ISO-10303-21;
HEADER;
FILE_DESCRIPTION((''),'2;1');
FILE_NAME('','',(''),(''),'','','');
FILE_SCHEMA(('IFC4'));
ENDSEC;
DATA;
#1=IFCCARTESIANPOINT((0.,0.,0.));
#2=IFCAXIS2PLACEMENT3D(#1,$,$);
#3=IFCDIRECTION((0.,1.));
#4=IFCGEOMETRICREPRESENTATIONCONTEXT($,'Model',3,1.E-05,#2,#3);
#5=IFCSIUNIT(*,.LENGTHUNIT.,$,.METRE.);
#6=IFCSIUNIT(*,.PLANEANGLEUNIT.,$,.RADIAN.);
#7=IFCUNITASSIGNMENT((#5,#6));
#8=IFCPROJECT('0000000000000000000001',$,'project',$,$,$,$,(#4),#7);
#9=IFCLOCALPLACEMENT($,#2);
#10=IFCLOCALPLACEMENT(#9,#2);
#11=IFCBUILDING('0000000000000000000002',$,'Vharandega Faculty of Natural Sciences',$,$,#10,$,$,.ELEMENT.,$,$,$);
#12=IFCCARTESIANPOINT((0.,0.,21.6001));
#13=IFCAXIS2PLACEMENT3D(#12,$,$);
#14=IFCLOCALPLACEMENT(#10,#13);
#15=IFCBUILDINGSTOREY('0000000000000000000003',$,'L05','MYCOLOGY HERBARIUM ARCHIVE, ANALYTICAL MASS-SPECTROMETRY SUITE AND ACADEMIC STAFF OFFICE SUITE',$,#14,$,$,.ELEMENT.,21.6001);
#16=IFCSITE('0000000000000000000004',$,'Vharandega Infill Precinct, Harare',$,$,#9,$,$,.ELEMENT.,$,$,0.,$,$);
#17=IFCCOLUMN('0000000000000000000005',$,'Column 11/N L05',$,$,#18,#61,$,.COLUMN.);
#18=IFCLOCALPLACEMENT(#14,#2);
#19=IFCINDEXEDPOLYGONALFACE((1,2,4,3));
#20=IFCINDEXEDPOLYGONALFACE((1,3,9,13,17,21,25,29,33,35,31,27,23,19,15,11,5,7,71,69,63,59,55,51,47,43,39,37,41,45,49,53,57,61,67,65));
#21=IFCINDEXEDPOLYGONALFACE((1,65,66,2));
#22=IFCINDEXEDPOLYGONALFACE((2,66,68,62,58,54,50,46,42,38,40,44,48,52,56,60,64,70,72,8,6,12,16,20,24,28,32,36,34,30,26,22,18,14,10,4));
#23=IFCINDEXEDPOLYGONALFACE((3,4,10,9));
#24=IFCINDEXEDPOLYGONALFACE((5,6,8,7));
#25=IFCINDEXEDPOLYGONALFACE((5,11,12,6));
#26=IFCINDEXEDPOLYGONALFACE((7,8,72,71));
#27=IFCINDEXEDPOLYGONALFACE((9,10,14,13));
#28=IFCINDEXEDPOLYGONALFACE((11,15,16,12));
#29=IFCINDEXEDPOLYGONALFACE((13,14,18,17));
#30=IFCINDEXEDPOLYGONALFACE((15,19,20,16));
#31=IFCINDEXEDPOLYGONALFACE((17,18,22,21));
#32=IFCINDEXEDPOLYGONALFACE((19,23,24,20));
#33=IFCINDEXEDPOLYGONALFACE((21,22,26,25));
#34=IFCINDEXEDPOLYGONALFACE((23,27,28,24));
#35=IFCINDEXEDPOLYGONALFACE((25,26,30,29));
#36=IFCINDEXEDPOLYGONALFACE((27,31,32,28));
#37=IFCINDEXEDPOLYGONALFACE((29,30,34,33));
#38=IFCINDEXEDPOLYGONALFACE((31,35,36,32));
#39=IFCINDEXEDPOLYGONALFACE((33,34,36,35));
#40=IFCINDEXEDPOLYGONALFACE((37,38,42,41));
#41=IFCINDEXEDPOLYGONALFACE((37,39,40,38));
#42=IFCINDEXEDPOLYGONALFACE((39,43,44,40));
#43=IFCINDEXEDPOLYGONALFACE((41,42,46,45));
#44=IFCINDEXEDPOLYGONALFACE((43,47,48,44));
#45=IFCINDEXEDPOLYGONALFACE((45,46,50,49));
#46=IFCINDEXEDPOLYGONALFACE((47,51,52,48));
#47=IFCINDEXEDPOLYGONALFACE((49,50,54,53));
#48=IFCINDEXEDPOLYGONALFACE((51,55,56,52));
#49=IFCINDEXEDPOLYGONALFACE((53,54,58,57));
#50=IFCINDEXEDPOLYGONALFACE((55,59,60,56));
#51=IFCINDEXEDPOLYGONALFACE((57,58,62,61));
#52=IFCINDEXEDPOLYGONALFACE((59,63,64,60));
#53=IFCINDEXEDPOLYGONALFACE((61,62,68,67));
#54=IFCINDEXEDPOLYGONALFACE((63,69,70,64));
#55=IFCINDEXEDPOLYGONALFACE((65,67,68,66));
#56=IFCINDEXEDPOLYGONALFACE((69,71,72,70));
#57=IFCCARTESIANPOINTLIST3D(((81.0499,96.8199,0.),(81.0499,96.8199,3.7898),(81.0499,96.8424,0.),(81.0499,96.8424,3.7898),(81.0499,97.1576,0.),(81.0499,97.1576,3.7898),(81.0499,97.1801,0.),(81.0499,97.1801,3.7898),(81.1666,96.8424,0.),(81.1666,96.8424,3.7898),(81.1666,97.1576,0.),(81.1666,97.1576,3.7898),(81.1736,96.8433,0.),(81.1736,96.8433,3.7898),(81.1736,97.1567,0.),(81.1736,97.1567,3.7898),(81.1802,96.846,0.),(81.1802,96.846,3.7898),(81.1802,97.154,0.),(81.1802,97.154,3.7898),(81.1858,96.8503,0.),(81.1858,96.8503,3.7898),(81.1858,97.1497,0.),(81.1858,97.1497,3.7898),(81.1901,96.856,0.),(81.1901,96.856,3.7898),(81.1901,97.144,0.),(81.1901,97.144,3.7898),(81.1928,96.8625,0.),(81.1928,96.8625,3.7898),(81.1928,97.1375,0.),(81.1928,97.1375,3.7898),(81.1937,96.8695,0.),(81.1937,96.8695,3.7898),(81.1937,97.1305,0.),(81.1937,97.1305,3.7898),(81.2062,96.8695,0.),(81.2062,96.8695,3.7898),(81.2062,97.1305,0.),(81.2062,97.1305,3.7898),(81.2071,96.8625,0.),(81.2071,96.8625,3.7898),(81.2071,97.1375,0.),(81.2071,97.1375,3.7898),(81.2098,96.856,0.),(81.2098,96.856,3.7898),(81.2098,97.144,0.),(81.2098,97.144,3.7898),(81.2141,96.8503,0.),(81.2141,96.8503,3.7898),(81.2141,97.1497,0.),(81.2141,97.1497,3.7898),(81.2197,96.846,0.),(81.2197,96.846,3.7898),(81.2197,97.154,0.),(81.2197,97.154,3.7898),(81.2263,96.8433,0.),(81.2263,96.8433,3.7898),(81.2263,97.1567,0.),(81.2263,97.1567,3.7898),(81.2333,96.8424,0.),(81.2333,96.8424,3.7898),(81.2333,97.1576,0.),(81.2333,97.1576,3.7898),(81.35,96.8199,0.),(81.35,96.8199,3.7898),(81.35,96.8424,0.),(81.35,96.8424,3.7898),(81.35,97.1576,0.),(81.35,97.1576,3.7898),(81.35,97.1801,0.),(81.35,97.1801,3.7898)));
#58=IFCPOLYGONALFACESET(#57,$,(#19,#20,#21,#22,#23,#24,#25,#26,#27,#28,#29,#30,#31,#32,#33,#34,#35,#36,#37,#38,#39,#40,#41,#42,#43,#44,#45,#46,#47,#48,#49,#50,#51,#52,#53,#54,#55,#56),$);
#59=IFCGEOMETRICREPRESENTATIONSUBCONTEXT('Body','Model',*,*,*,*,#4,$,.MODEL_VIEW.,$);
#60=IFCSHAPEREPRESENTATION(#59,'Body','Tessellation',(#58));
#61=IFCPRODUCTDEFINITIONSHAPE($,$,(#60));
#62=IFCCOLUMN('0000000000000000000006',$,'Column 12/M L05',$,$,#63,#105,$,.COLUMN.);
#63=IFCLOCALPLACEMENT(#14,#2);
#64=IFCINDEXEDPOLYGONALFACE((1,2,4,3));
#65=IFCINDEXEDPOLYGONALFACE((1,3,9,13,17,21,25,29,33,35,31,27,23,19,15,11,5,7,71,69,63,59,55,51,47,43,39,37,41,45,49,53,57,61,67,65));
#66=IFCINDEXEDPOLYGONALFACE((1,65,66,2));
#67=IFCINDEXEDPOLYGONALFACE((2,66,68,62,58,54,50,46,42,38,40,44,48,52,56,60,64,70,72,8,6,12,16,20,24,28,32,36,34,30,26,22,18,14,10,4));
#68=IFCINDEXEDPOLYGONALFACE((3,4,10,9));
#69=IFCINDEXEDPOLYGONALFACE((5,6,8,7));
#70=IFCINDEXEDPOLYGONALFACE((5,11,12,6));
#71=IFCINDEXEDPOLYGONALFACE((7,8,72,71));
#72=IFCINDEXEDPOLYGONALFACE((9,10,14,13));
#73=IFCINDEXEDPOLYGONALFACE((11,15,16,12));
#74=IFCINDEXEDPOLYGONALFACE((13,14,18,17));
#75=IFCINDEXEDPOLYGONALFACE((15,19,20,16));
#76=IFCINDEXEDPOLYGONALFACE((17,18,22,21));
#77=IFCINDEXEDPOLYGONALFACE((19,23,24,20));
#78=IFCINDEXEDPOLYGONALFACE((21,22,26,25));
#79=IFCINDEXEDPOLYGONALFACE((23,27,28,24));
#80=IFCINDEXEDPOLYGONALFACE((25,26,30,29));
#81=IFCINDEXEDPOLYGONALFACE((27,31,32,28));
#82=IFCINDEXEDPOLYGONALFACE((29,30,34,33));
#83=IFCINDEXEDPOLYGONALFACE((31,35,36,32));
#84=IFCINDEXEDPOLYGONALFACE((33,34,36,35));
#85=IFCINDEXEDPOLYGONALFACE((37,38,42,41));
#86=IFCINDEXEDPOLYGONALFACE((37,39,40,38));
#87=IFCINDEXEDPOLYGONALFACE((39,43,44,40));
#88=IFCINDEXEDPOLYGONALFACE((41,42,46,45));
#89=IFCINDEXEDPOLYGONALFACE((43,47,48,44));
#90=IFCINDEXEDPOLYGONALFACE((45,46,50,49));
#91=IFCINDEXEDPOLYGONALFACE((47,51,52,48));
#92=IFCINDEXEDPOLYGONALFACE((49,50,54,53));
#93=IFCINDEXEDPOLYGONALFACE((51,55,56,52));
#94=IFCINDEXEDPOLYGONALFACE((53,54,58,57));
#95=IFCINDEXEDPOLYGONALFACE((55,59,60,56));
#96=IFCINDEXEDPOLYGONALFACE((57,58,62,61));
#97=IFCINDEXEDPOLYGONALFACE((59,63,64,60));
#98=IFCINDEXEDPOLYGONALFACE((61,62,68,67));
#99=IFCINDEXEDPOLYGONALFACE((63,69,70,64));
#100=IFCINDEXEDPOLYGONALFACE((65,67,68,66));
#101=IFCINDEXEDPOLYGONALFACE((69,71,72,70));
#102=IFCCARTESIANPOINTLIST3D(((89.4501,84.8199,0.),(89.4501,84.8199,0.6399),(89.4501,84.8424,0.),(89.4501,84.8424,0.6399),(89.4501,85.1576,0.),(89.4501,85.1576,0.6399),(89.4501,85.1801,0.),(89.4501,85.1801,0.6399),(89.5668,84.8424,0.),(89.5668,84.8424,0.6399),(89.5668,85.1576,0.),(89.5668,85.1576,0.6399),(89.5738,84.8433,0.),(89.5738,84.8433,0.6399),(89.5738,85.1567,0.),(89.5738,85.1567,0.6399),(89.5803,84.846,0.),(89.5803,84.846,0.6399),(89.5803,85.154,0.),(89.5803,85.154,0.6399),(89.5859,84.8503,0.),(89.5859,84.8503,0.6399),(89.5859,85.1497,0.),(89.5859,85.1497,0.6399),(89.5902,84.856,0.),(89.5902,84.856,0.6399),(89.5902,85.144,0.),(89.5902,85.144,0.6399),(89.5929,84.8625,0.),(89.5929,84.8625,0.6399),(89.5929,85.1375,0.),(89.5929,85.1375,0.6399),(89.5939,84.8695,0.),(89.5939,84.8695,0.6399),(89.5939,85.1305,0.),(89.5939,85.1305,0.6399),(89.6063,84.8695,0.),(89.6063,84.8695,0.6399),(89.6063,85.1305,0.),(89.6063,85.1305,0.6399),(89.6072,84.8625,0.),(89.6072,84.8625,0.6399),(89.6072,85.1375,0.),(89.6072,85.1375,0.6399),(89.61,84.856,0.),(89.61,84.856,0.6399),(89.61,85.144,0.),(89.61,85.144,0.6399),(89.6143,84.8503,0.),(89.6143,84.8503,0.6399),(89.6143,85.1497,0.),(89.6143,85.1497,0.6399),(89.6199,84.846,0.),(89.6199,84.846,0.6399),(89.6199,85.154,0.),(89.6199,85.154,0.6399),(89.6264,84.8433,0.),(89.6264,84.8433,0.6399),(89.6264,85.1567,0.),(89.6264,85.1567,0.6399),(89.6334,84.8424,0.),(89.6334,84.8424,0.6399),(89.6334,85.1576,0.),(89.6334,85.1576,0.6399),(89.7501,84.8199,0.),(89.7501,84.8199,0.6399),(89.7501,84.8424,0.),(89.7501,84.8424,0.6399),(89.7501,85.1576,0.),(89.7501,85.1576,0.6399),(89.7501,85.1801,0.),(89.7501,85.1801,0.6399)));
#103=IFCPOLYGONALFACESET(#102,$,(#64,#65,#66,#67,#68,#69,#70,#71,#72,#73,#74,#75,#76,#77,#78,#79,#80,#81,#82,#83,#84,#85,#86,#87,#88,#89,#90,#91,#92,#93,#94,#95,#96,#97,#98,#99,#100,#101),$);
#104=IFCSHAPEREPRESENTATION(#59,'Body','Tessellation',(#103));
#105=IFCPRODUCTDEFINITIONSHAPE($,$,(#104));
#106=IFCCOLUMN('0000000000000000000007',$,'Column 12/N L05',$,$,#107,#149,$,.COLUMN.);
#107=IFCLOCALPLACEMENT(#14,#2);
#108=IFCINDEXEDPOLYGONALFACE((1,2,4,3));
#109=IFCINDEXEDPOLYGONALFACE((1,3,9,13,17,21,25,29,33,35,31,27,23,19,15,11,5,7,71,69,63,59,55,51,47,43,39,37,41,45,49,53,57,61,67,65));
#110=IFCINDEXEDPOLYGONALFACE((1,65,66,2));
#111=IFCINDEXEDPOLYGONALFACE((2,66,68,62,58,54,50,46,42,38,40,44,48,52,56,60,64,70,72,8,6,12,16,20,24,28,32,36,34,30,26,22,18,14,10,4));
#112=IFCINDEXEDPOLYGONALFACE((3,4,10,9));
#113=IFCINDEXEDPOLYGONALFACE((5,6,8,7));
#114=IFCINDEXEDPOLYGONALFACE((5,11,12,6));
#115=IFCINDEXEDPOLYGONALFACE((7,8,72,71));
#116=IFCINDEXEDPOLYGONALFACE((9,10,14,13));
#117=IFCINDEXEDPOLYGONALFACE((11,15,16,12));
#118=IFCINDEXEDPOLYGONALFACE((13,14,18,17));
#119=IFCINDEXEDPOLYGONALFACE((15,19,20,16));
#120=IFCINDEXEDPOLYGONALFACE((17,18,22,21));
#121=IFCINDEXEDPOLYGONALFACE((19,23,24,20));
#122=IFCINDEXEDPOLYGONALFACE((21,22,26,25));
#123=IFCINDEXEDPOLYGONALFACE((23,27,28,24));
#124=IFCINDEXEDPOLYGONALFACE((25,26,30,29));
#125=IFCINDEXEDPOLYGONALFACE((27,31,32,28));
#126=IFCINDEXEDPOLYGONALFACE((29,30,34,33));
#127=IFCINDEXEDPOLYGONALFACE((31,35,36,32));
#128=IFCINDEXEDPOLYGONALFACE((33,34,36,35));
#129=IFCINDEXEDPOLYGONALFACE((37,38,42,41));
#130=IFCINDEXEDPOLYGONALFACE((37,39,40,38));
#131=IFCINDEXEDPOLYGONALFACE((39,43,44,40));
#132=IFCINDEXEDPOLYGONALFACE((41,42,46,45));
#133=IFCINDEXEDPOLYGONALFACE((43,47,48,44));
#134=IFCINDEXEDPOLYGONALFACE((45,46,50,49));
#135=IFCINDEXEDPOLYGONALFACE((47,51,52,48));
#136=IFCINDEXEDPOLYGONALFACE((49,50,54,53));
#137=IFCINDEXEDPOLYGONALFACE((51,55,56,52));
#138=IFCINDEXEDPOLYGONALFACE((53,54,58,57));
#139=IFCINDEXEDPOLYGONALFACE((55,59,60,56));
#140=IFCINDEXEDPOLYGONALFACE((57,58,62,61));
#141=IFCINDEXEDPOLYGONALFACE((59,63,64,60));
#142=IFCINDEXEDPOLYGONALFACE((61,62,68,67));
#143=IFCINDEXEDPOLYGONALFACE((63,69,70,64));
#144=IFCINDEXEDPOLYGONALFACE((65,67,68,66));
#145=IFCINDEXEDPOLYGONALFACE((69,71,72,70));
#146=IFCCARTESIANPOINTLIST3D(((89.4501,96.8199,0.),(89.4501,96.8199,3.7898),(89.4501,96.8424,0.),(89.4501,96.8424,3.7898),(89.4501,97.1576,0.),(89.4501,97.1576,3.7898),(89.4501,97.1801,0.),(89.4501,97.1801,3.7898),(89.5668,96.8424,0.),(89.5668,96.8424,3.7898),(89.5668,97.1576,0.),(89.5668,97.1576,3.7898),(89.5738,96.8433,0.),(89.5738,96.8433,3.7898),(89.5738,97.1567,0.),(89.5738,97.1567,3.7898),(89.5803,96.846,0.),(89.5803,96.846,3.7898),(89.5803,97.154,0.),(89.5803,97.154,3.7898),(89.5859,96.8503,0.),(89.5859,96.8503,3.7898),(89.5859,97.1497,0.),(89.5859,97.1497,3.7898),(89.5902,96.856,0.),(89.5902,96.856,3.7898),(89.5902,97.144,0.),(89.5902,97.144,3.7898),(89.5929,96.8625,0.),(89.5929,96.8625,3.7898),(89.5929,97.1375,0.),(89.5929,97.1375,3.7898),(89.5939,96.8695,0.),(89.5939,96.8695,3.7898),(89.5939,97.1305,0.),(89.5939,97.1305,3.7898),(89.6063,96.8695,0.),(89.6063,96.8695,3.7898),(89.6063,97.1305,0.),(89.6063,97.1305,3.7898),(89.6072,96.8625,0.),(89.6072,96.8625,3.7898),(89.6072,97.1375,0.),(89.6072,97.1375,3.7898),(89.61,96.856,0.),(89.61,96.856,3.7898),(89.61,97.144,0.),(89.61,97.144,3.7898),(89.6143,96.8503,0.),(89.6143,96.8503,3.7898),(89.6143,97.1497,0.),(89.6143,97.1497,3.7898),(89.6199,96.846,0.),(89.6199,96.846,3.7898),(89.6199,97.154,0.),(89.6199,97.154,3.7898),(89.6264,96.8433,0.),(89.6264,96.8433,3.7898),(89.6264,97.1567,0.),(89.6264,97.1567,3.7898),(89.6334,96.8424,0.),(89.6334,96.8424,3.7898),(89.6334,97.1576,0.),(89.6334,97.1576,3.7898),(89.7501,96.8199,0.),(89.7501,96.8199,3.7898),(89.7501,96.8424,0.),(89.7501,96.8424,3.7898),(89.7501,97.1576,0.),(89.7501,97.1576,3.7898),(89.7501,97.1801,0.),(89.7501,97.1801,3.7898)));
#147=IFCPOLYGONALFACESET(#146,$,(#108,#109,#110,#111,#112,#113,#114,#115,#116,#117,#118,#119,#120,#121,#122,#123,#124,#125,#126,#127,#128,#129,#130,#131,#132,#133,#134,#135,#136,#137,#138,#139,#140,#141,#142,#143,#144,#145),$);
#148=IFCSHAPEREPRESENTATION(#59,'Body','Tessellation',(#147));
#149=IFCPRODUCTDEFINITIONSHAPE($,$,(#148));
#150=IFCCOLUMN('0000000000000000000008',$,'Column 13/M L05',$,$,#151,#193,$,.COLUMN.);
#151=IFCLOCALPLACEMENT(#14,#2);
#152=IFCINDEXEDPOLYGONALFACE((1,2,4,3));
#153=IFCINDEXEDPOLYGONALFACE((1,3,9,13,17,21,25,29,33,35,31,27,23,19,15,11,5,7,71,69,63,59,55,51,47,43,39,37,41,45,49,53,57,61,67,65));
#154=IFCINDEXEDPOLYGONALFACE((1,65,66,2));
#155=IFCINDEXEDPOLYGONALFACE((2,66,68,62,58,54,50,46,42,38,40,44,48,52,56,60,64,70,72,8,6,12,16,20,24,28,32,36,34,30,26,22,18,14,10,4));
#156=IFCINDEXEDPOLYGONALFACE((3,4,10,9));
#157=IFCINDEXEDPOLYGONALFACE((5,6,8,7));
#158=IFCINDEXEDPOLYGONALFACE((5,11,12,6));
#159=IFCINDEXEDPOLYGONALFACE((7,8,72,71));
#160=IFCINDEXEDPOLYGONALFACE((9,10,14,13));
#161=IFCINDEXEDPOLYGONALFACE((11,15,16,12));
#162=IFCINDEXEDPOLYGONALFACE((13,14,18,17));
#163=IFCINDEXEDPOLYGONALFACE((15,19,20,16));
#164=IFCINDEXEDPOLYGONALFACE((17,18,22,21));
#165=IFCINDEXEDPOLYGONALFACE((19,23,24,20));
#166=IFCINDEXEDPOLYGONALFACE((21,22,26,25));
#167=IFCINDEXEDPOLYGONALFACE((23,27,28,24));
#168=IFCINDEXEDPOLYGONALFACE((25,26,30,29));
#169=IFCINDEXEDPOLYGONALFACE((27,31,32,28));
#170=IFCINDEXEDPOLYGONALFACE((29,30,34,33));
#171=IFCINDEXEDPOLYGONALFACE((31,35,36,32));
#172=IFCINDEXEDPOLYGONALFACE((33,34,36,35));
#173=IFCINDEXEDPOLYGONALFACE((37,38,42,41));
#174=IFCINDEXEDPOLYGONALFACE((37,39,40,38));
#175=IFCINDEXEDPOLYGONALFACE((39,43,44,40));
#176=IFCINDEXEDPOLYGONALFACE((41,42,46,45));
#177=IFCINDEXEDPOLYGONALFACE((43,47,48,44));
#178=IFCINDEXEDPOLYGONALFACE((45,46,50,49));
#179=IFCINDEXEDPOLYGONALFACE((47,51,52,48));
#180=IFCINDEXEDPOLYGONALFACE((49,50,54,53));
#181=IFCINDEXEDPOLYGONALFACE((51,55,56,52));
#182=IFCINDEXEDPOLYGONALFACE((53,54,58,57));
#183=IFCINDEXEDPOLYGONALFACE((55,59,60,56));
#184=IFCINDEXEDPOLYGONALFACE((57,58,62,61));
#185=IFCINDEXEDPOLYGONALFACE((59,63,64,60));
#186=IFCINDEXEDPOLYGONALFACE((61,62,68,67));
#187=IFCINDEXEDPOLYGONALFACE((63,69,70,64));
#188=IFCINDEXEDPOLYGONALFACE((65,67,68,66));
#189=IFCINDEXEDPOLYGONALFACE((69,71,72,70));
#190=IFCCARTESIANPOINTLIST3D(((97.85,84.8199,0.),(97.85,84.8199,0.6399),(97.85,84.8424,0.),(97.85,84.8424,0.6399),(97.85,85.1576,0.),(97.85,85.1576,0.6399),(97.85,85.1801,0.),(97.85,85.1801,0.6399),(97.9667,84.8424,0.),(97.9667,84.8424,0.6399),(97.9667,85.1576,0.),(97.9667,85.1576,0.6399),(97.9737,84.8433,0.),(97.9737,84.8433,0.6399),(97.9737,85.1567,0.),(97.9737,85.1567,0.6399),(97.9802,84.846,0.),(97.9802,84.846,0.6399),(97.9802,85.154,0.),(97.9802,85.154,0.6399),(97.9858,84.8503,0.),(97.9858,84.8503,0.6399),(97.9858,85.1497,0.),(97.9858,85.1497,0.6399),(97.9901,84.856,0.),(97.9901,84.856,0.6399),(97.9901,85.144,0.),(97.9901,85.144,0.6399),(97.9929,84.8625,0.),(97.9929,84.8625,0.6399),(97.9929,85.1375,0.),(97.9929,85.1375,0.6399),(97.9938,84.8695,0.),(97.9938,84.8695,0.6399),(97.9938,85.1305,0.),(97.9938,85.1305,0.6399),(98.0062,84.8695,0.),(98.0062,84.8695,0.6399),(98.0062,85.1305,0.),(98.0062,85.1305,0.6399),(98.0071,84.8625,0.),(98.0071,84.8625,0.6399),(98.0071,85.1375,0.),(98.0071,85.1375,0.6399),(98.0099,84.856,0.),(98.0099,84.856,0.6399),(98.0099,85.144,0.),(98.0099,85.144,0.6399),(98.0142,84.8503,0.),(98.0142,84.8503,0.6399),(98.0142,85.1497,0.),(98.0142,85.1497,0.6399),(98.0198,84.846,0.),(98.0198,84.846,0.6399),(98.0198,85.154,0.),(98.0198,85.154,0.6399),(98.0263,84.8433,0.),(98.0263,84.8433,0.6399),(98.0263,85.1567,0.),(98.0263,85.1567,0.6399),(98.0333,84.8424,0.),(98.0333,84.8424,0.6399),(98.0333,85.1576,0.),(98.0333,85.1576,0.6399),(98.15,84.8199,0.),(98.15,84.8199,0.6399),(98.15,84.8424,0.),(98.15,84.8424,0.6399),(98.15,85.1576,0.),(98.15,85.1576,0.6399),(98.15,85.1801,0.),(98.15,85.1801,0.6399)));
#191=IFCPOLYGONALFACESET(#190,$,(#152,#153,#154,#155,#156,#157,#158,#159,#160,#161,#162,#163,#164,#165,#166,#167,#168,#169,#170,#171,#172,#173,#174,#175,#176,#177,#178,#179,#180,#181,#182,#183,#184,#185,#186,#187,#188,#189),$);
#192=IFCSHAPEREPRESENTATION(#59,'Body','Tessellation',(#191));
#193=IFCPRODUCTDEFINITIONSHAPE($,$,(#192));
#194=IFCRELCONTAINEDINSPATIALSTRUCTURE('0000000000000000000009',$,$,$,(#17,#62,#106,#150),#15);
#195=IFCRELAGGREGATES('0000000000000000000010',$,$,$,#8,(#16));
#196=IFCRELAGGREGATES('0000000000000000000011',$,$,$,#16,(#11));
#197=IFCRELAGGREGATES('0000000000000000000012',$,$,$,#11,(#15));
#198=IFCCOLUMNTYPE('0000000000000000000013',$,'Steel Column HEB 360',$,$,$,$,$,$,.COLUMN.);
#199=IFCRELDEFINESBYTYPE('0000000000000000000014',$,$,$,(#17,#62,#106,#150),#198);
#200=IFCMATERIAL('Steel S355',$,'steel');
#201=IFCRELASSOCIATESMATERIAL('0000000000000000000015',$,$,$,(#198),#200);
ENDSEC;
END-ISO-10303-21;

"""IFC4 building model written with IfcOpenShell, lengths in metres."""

from ifc_helpers import new_model, si_unit, direction, frame, origin, origin_2d, place, context, subcontext, project, spatial, i_section, extrude, material, material_profile, profile_set, type_object, element, save


model = new_model("IFC4")

# Units and contexts
model_context = context("Model", 3, precision=1e-05, world=origin(), true_north=direction((0.0, 1.0)))
body_context = subcontext(model_context, "Body", "Model", "MODEL_VIEW")
ifc_project = project(units=[si_unit("LENGTHUNIT", "METRE"), si_unit("PLANEANGLEUNIT", "RADIAN")], contexts=[model_context])

# Site, building, storey
site_placement = place(None, origin())
site = spatial("IfcSite", under=ifc_project, at=site_placement, Name="Vharandega Infill Precinct, Harare", CompositionType="ELEMENT", RefElevation=0.0)
building_placement = place(site_placement, origin())
building = spatial("IfcBuilding", under=site, at=building_placement, Name="Vharandega Faculty of Natural Sciences", CompositionType="ELEMENT")
storey_placement = place(building_placement, frame((0.0, 0.0, 21.6001)))
storey = spatial("IfcBuildingStorey", under=building, at=storey_placement, Name="L05", Description="MYCOLOGY HERBARIUM ARCHIVE, ANALYTICAL MASS-SPECTROMETRY SUITE AND ACADEMIC STAFF OFFICE SUITE", CompositionType="ELEMENT", Elevation=21.6001)

# Columns
ifc_material_1 = material(Name="Steel S355", Category="steel")
ifc_material_profile_1 = material_profile(ifc_material_1, i_section(OverallWidth=0.3, OverallDepth=0.3601, WebThickness=0.0125, FlangeThickness=0.0225, FilletRadius=0.0271, at=origin_2d()), Name="HEB 360")
ifc_profile_set_1 = profile_set([ifc_material_profile_1], Name="Steel S355")
column_type_1 = type_object("IfcColumnType", Name="Steel Column HEB 360", PredefinedType="COLUMN", material=ifc_profile_set_1)
column_1_placement = place(storey_placement, frame((81.2, 97.0, 0.0), z_axis=(0.0, 0.0, 1.0), x_axis=(1.0, 0.0, 0.0)))
element("IfcColumn", 1, at=column_1_placement, inside=storey, type_object=column_type_1, Name="Column 11/N L05", PredefinedType="COLUMN", context=body_context, shape_type="SweptSolid", body=[
    extrude(i_section(OverallWidth=0.3, OverallDepth=0.3601, WebThickness=0.0125, FlangeThickness=0.0225, FilletRadius=0.0271, at=origin_2d()), origin(), (0.0, 0.0, 1.0), 3.7898),
])
column_2_placement = place(storey_placement, frame((89.6001, 85.0, 0.0), z_axis=(0.0, 0.0, 1.0), x_axis=(1.0, 0.0, 0.0)))
element("IfcColumn", 2, at=column_2_placement, inside=storey, type_object=column_type_1, Name="Column 12/M L05", PredefinedType="COLUMN", context=body_context, shape_type="SweptSolid", body=[
    extrude(i_section(OverallWidth=0.3, OverallDepth=0.3601, WebThickness=0.0125, FlangeThickness=0.0225, FilletRadius=0.0271, at=origin_2d()), origin(), (0.0, 0.0, 1.0), 0.6399),
])
column_3_placement = place(storey_placement, frame((89.6001, 97.0, 0.0), z_axis=(0.0, 0.0, 1.0), x_axis=(1.0, 0.0, 0.0)))
element("IfcColumn", 3, at=column_3_placement, inside=storey, type_object=column_type_1, Name="Column 12/N L05", PredefinedType="COLUMN", context=body_context, shape_type="SweptSolid", body=[
    extrude(i_section(OverallWidth=0.3, OverallDepth=0.3601, WebThickness=0.0125, FlangeThickness=0.0225, FilletRadius=0.0271, at=origin_2d()), origin(), (0.0, 0.0, 1.0), 3.7898),
])
column_4_placement = place(storey_placement, frame((98.0, 85.0, 0.0), z_axis=(0.0, 0.0, 1.0), x_axis=(1.0, 0.0, 0.0)))
element("IfcColumn", 4, at=column_4_placement, inside=storey, type_object=column_type_1, Name="Column 13/M L05", PredefinedType="COLUMN", context=body_context, shape_type="SweptSolid", body=[
    extrude(i_section(OverallWidth=0.3, OverallDepth=0.3601, WebThickness=0.0125, FlangeThickness=0.0225, FilletRadius=0.0271, at=origin_2d()), origin(), (0.0, 0.0, 1.0), 0.6399),
])

save(model, "model.ifc")
